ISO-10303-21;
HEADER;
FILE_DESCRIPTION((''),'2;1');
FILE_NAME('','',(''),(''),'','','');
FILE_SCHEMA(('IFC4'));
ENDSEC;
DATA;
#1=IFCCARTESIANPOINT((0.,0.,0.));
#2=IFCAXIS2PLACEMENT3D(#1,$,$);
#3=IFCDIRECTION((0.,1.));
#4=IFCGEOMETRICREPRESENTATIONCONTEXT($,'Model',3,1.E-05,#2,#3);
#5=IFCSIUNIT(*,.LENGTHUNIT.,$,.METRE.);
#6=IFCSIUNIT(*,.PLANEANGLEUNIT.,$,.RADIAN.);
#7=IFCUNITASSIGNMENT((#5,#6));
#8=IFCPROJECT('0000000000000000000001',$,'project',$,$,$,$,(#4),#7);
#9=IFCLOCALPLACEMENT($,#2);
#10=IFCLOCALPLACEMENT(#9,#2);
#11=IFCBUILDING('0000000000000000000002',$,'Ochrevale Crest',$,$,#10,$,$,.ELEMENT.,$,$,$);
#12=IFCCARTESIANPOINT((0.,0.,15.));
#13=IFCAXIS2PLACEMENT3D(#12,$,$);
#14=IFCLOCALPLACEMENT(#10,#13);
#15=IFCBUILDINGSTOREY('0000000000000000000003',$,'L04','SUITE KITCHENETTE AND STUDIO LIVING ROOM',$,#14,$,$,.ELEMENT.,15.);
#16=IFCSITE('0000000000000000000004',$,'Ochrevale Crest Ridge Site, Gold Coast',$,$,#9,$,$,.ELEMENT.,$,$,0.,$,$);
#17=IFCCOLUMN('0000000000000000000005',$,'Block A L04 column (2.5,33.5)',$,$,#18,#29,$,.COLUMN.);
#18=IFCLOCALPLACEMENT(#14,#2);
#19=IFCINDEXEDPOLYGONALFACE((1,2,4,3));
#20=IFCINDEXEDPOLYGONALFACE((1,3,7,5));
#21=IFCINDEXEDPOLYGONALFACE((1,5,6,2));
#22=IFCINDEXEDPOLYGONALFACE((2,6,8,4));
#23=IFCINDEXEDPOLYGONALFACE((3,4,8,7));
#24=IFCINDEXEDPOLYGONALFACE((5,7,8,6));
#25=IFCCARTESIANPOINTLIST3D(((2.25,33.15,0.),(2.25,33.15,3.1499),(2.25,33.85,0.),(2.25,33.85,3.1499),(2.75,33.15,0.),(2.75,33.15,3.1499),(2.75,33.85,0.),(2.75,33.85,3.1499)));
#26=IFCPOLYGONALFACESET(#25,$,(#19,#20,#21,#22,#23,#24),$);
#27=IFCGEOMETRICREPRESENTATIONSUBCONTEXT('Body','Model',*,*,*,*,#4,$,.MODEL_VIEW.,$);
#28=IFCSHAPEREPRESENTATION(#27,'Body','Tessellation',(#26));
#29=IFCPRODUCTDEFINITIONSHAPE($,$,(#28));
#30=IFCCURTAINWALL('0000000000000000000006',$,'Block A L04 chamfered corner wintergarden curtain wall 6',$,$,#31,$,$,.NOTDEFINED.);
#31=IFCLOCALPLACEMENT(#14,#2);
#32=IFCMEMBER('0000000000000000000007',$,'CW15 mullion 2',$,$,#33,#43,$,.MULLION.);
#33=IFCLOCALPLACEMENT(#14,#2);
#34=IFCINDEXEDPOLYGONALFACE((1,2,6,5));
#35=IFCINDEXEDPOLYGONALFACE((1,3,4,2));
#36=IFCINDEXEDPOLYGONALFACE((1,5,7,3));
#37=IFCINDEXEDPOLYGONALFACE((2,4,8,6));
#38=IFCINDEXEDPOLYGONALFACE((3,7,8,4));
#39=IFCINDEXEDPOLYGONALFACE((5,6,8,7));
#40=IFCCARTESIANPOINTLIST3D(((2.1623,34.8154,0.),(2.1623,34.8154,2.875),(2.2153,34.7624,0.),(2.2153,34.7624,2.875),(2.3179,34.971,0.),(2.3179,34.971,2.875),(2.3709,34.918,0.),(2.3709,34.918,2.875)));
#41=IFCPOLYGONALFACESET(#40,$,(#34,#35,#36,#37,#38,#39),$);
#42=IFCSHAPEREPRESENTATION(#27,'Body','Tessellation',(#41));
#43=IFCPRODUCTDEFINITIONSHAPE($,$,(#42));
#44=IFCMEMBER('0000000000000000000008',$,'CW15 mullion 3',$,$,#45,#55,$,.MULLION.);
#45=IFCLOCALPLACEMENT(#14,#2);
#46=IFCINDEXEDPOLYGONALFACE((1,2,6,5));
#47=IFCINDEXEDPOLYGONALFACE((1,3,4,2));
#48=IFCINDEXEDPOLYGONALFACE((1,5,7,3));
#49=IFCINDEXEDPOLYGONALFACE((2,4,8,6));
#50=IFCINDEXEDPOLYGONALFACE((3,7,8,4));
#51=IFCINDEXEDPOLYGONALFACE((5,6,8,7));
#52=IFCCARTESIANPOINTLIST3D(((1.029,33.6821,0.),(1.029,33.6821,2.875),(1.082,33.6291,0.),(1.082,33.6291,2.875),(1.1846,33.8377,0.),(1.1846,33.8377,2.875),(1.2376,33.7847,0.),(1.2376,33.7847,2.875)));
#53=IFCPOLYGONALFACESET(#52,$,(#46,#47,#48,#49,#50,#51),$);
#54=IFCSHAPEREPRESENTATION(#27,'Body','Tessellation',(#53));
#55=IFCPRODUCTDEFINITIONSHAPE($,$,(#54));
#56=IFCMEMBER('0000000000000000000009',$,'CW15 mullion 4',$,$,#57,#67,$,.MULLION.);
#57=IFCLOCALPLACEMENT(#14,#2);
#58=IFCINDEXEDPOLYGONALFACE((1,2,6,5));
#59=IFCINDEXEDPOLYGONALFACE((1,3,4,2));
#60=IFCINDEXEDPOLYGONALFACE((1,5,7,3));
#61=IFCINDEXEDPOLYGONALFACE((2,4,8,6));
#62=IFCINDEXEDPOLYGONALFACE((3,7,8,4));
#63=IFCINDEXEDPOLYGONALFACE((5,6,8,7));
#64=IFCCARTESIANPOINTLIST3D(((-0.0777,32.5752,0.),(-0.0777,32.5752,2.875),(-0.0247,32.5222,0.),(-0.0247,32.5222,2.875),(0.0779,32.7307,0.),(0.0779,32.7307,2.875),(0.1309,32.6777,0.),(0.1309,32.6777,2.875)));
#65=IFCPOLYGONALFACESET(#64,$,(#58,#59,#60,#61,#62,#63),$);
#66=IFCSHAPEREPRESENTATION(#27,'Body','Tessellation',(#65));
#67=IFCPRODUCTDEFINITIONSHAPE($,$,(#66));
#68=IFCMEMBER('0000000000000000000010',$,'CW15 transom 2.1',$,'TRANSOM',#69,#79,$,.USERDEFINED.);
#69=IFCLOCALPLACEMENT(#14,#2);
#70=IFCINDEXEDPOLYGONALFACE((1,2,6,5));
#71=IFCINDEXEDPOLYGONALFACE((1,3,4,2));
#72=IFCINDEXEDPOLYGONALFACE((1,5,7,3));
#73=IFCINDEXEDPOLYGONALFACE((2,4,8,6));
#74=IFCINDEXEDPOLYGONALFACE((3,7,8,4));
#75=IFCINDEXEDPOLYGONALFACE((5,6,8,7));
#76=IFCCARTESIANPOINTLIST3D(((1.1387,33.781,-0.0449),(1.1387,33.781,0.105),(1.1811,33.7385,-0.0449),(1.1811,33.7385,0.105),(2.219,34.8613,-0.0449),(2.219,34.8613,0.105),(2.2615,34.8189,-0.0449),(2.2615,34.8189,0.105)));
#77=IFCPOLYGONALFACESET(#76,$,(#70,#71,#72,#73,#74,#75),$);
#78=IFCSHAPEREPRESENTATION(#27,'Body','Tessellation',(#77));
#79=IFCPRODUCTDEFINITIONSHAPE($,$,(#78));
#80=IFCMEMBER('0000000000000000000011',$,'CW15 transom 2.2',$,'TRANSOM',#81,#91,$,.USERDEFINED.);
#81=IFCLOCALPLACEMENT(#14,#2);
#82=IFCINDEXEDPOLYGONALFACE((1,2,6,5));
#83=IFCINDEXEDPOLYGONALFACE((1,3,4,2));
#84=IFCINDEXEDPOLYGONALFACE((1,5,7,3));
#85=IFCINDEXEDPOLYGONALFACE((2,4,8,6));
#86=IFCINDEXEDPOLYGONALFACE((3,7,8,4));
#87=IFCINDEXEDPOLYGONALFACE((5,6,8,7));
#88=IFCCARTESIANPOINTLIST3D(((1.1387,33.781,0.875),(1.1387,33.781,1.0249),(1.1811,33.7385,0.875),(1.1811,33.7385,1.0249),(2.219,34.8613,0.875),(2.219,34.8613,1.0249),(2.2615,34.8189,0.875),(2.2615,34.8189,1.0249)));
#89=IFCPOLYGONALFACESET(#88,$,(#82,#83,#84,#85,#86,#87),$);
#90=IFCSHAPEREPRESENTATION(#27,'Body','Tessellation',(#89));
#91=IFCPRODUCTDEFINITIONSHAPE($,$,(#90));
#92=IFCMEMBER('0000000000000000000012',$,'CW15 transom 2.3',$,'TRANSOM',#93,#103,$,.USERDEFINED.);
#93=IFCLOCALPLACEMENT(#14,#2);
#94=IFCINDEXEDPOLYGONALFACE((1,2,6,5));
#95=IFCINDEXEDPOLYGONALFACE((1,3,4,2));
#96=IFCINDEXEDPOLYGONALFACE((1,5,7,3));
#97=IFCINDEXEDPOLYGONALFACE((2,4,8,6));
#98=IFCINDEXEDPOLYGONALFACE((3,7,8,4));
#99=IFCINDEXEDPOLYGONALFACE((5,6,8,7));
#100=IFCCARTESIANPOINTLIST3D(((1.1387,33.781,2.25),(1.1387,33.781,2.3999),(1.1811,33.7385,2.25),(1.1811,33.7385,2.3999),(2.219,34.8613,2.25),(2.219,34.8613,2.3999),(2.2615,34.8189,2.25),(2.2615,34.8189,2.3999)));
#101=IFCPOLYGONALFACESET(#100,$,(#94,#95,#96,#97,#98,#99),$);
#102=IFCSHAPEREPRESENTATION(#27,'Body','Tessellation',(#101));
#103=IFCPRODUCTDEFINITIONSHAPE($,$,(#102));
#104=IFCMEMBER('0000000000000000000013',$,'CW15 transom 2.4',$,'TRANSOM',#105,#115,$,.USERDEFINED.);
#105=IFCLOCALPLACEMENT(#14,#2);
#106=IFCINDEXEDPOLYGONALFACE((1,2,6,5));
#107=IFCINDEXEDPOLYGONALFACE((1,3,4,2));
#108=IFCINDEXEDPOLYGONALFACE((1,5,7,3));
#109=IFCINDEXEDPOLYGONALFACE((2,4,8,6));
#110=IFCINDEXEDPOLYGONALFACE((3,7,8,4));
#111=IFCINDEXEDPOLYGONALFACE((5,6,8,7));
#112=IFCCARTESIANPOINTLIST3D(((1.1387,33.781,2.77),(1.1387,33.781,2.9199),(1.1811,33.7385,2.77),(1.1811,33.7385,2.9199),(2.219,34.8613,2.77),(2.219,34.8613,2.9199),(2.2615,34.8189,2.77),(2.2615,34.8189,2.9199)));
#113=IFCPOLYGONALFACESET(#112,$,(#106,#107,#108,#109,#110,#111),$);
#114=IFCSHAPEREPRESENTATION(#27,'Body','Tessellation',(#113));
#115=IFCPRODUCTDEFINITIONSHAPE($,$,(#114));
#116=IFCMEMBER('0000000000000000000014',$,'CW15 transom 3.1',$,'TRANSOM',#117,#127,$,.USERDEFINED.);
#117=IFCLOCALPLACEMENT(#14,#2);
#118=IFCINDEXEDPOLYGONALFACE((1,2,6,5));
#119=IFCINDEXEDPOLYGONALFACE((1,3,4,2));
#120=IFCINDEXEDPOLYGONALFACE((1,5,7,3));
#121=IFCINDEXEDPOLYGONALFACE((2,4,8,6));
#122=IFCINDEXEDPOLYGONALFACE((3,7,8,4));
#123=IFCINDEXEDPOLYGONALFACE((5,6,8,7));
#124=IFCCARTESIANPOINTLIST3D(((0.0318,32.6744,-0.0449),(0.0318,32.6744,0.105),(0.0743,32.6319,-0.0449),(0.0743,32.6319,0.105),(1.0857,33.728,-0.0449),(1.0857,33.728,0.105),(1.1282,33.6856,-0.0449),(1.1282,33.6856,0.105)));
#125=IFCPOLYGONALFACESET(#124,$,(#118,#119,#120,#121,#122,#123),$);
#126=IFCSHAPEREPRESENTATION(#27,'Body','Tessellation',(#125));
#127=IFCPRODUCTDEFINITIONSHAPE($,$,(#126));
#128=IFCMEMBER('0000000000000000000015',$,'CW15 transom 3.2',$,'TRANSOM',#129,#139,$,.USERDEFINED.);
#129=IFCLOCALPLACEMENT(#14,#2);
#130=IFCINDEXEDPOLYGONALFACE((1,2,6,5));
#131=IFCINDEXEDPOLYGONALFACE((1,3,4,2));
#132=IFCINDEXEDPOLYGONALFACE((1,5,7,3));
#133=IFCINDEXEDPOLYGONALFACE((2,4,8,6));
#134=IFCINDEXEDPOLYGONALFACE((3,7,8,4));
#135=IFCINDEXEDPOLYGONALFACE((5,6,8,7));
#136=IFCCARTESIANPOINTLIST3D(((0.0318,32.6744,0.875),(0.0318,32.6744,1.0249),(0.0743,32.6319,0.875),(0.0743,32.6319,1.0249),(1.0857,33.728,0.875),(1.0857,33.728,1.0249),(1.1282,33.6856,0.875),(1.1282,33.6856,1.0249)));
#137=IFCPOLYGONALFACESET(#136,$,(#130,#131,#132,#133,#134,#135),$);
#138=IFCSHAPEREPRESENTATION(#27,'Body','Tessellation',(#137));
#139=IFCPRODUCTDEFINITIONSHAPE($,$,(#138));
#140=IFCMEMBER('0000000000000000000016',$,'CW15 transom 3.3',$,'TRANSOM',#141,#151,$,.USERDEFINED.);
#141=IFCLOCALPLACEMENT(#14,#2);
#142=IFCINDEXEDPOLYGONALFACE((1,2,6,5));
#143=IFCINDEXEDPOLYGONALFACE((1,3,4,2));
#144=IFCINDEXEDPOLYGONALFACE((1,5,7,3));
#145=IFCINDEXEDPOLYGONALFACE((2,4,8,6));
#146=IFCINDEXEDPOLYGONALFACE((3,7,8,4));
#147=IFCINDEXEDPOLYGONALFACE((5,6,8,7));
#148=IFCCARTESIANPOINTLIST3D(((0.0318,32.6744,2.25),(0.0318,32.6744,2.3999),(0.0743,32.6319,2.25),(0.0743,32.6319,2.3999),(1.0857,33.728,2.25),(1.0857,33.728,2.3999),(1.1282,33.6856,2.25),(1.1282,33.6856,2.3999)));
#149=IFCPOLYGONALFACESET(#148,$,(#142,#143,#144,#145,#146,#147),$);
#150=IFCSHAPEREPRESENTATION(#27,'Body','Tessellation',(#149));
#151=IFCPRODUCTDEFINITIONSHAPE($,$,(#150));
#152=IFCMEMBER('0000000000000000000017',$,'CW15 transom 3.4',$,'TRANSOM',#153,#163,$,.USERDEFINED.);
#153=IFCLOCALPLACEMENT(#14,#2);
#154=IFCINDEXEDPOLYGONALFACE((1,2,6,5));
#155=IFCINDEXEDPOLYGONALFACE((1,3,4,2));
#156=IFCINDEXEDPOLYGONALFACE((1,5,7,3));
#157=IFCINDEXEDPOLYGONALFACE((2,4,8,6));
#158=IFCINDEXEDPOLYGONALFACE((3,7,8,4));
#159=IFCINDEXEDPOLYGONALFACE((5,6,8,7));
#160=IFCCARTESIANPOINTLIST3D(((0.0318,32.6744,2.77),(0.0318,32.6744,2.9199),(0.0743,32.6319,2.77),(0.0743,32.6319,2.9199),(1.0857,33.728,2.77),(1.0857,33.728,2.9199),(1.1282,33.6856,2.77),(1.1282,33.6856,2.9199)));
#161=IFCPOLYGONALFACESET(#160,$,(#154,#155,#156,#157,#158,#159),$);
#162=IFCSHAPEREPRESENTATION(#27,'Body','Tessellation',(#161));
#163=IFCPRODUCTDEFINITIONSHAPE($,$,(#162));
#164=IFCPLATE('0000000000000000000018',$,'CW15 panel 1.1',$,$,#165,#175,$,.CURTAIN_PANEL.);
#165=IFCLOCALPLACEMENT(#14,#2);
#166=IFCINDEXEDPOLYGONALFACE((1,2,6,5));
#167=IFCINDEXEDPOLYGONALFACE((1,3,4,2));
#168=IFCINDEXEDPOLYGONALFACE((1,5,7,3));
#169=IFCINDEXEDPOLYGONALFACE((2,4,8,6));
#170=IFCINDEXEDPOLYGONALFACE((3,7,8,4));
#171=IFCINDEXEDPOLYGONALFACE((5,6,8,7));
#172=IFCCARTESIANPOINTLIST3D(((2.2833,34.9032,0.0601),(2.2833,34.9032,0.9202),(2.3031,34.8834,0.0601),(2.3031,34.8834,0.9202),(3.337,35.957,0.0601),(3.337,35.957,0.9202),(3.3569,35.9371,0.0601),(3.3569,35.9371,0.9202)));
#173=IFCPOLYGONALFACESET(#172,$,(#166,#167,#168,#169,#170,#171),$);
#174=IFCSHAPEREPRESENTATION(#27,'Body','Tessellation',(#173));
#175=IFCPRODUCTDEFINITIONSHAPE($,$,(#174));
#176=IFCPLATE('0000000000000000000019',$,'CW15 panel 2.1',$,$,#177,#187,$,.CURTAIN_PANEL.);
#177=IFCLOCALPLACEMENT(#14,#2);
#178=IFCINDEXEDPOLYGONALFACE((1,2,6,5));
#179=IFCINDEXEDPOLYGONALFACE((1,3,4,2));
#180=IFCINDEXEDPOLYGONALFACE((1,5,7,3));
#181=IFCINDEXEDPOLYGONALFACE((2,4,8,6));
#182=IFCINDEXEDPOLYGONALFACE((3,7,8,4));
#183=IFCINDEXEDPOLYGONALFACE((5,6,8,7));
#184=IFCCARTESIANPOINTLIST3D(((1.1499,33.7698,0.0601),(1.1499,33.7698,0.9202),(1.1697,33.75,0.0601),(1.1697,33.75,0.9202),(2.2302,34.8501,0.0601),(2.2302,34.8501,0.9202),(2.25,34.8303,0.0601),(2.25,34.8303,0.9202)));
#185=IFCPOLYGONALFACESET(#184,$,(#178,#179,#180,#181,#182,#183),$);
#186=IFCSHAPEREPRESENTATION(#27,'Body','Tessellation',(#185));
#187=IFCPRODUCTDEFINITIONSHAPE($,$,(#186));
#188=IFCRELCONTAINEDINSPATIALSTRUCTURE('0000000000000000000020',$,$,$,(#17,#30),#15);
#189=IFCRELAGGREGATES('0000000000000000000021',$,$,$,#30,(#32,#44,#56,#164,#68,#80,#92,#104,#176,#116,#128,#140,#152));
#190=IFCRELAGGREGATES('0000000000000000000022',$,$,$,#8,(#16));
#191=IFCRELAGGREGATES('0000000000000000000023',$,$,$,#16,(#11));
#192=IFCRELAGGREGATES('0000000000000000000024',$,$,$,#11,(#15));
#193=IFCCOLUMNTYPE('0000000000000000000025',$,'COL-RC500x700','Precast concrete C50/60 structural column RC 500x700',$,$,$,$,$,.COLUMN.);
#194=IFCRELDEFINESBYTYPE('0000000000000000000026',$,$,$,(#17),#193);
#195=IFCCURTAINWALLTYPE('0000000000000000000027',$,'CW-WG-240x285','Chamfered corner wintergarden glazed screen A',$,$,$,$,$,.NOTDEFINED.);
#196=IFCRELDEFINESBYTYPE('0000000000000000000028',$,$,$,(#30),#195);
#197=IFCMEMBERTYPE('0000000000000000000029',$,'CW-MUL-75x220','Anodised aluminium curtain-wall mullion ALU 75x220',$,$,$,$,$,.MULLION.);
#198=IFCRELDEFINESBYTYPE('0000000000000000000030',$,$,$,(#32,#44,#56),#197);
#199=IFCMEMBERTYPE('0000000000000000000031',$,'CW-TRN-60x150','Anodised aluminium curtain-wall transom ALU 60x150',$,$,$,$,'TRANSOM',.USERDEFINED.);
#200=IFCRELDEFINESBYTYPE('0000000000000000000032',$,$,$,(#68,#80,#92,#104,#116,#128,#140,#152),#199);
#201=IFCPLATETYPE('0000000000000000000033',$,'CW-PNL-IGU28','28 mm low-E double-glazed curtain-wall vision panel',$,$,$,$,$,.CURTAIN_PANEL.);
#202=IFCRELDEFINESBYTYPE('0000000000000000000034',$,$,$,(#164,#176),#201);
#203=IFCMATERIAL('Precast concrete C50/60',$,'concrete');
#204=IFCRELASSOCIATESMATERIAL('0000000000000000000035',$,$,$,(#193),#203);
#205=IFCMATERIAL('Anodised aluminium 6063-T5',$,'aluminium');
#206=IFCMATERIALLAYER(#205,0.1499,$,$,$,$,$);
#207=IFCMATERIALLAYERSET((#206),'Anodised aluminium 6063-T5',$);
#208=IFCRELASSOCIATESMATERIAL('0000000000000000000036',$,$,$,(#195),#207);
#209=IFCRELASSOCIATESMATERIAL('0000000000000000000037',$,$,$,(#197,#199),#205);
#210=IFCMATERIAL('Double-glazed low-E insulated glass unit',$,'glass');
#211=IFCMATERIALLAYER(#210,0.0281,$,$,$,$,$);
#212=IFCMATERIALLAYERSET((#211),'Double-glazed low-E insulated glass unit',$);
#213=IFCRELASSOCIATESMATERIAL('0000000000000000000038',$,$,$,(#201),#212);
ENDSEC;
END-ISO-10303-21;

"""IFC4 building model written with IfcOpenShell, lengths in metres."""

from ifc_helpers import new_model, si_unit, direction, frame, origin, origin_2d, place, context, subcontext, project, spatial, rectangle, extrude, material, layer, layer_set, material_profile, profile_set, type_object, element, aggregate, save


model = new_model("IFC4")

# Units and contexts
model_context = context("Model", 3, precision=1e-05, world=origin(), true_north=direction((0.0, 1.0)))
body_context = subcontext(model_context, "Body", "Model", "MODEL_VIEW")
ifc_project = project(units=[si_unit("LENGTHUNIT", "METRE"), si_unit("PLANEANGLEUNIT", "RADIAN")], contexts=[model_context])

# Site, building, storey
site_placement = place(None, origin())
site = spatial("IfcSite", under=ifc_project, at=site_placement, Name="Ochrevale Crest Ridge Site, Gold Coast", CompositionType="ELEMENT", RefElevation=0.0)
building_placement = place(site_placement, origin())
building = spatial("IfcBuilding", under=site, at=building_placement, Name="Ochrevale Crest", CompositionType="ELEMENT")
storey_placement = place(building_placement, frame((0.0, 0.0, 15.0)))
storey = spatial("IfcBuildingStorey", under=building, at=storey_placement, Name="L04", Description="SUITE KITCHENETTE AND STUDIO LIVING ROOM", CompositionType="ELEMENT", Elevation=15.0)

# Column
ifc_material_1 = material(Name="Precast concrete C50/60", Category="concrete")
ifc_material_profile_1 = material_profile(ifc_material_1, rectangle(XDim=0.5, YDim=0.7, at=origin_2d()), Name="RC 500x700")
ifc_profile_set_1 = profile_set([ifc_material_profile_1], Name="Precast concrete C50/60")
column_type = type_object("IfcColumnType", Name="COL-RC500x700", Description="Precast concrete C50/60 structural column RC 500x700", PredefinedType="COLUMN", material=ifc_profile_set_1)
column_placement = place(storey_placement, frame((2.5, 33.5, 0.0), z_axis=(0.0, 0.0, 1.0), x_axis=(1.0, 0.0, 0.0)))
element("IfcColumn", 1, at=column_placement, inside=storey, type_object=column_type, Name="Block A L04 column (2.5,33.5)", PredefinedType="COLUMN", context=body_context, shape_type="SweptSolid", body=[
    extrude(rectangle(XDim=0.5, YDim=0.7, at=origin_2d()), origin(), (0.0, 0.0, 1.0), 3.1499),
])

# Curtain wall, members, plates
ifc_material_2 = material(Name="Anodised aluminium 6063-T5", Category="aluminium")
ifc_layer_1 = layer(ifc_material_2, 0.1499)
ifc_layer_set_1 = layer_set([ifc_layer_1], Name="Anodised aluminium 6063-T5")
curtain_wall_type = type_object("IfcCurtainWallType", Name="CW-WG-240x285", Description="Chamfered corner wintergarden glazed screen A", PredefinedType="NOTDEFINED", material=ifc_layer_set_1)
curtain_wall_placement = place(storey_placement, origin())
curtain_wall = element("IfcCurtainWall", 2, at=curtain_wall_placement, inside=storey, type_object=curtain_wall_type, Name="Block A L04 chamfered corner wintergarden curtain wall 6", PredefinedType="NOTDEFINED")
ifc_material_profile_2 = material_profile(ifc_material_2, rectangle(XDim=0.075, YDim=0.22, at=origin_2d()), Name="ALU 75x220")
ifc_profile_set_2 = profile_set([ifc_material_profile_2], Name="Anodised aluminium 6063-T5")
member_type_1 = type_object("IfcMemberType", Name="CW-MUL-75x220", Description="Anodised aluminium curtain-wall mullion ALU 75x220", PredefinedType="MULLION", material=ifc_profile_set_2)
member_1_placement = place(storey_placement, frame((2.2666, 34.8667, 0.0), z_axis=(0.0, 0.0, 1.0), x_axis=(0.707107, -0.707107, 0.0)))
member_1 = element("IfcMember", 3, at=member_1_placement, type_object=member_type_1, Name="CW15 mullion 2", PredefinedType="MULLION", context=body_context, shape_type="SweptSolid", body=[
    extrude(rectangle(XDim=0.075, YDim=0.22, at=origin_2d()), origin(), (0.0, 0.0, 1.0), 2.875),
])
member_2_placement = place(storey_placement, frame((1.1333, 33.7334, 0.0), z_axis=(0.0, 0.0, 1.0), x_axis=(0.707107, -0.707107, 0.0)))
member_2 = element("IfcMember", 4, at=member_2_placement, type_object=member_type_1, Name="CW15 mullion 3", PredefinedType="MULLION", context=body_context, shape_type="SweptSolid", body=[
    extrude(rectangle(XDim=0.075, YDim=0.22, at=origin_2d()), origin(), (0.0, 0.0, 1.0), 2.875),
])
member_3_placement = place(storey_placement, frame((0.0266, 32.6265, 0.0), z_axis=(0.0, 0.0, 1.0), x_axis=(0.707107, -0.707107, 0.0)))
member_3 = element("IfcMember", 5, at=member_3_placement, type_object=member_type_1, Name="CW15 mullion 4", PredefinedType="MULLION", context=body_context, shape_type="SweptSolid", body=[
    extrude(rectangle(XDim=0.075, YDim=0.22, at=origin_2d()), origin(), (0.0, 0.0, 1.0), 2.875),
])
ifc_material_profile_3 = material_profile(ifc_material_2, rectangle(XDim=0.0601, YDim=0.1499, at=origin_2d()), Name="ALU 60x150")
ifc_profile_set_3 = profile_set([ifc_material_profile_3], Name="Anodised aluminium 6063-T5")
member_type_2 = type_object("IfcMemberType", Name="CW-TRN-60x150", Description="Anodised aluminium curtain-wall transom ALU 60x150", ElementType="TRANSOM", PredefinedType="USERDEFINED", material=ifc_profile_set_3)
member_4_placement = place(storey_placement, frame((2.2402, 34.8401, 0.03), z_axis=(-0.707107, -0.707107, 0.0), x_axis=(0.707107, -0.707107, 0.0)))
member_4 = element("IfcMember", 6, at=member_4_placement, type_object=member_type_2, Name="CW15 transom 2.1", ObjectType="TRANSOM", PredefinedType="USERDEFINED", context=body_context, shape_type="SweptSolid", body=[
    extrude(rectangle(XDim=0.0601, YDim=0.1499, at=origin_2d()), origin(), (0.0, 0.0, 1.0), 1.5278),
])
member_5_placement = place(storey_placement, frame((2.2402, 34.8401, 0.95), z_axis=(-0.707107, -0.707107, 0.0), x_axis=(0.707107, -0.707107, 0.0)))
member_5 = element("IfcMember", 7, at=member_5_placement, type_object=member_type_2, Name="CW15 transom 2.2", ObjectType="TRANSOM", PredefinedType="USERDEFINED", context=body_context, shape_type="SweptSolid", body=[
    extrude(rectangle(XDim=0.0601, YDim=0.1499, at=origin_2d()), origin(), (0.0, 0.0, 1.0), 1.5278),
])
member_6_placement = place(storey_placement, frame((2.2402, 34.8401, 2.325), z_axis=(-0.707107, -0.707107, 0.0), x_axis=(0.707107, -0.707107, 0.0)))
member_6 = element("IfcMember", 8, at=member_6_placement, type_object=member_type_2, Name="CW15 transom 2.3", ObjectType="TRANSOM", PredefinedType="USERDEFINED", context=body_context, shape_type="SweptSolid", body=[
    extrude(rectangle(XDim=0.0601, YDim=0.1499, at=origin_2d()), origin(), (0.0, 0.0, 1.0), 1.5278),
])
member_7_placement = place(storey_placement, frame((2.2402, 34.8401, 2.845), z_axis=(-0.707107, -0.707107, 0.0), x_axis=(0.707107, -0.707107, 0.0)))
member_7 = element("IfcMember", 9, at=member_7_placement, type_object=member_type_2, Name="CW15 transom 2.4", ObjectType="TRANSOM", PredefinedType="USERDEFINED", context=body_context, shape_type="SweptSolid", body=[
    extrude(rectangle(XDim=0.0601, YDim=0.1499, at=origin_2d()), origin(), (0.0, 0.0, 1.0), 1.5278),
])
member_8_placement = place(storey_placement, frame((1.1069, 33.7068, 0.03), z_axis=(-0.707189, -0.707025, 0.0), x_axis=(0.707025, -0.707189, 0.0)))
member_8 = element("IfcMember", 10, at=member_8_placement, type_object=member_type_2, Name="CW15 transom 3.1", ObjectType="TRANSOM", PredefinedType="USERDEFINED", context=body_context, shape_type="SweptSolid", body=[
    extrude(rectangle(XDim=0.0601, YDim=0.1499, at=origin_2d()), origin(), (0.0, 0.0, 1.0), 1.4902),
])
member_9_placement = place(storey_placement, frame((1.1069, 33.7068, 0.95), z_axis=(-0.707189, -0.707025, 0.0), x_axis=(0.707025, -0.707189, 0.0)))
member_9 = element("IfcMember", 11, at=member_9_placement, type_object=member_type_2, Name="CW15 transom 3.2", ObjectType="TRANSOM", PredefinedType="USERDEFINED", context=body_context, shape_type="SweptSolid", body=[
    extrude(rectangle(XDim=0.0601, YDim=0.1499, at=origin_2d()), origin(), (0.0, 0.0, 1.0), 1.4902),
])
member_10_placement = place(storey_placement, frame((1.1069, 33.7068, 2.325), z_axis=(-0.707189, -0.707025, 0.0), x_axis=(0.707025, -0.707189, 0.0)))
member_10 = element("IfcMember", 12, at=member_10_placement, type_object=member_type_2, Name="CW15 transom 3.3", ObjectType="TRANSOM", PredefinedType="USERDEFINED", context=body_context, shape_type="SweptSolid", body=[
    extrude(rectangle(XDim=0.0601, YDim=0.1499, at=origin_2d()), origin(), (0.0, 0.0, 1.0), 1.4902),
])
member_11_placement = place(storey_placement, frame((1.1069, 33.7068, 2.845), z_axis=(-0.707189, -0.707025, 0.0), x_axis=(0.707025, -0.707189, 0.0)))
member_11 = element("IfcMember", 13, at=member_11_placement, type_object=member_type_2, Name="CW15 transom 3.4", ObjectType="TRANSOM", PredefinedType="USERDEFINED", context=body_context, shape_type="SweptSolid", body=[
    extrude(rectangle(XDim=0.0601, YDim=0.1499, at=origin_2d()), origin(), (0.0, 0.0, 1.0), 1.4902),
])
ifc_material_3 = material(Name="Double-glazed low-E insulated glass unit", Category="glass")
ifc_layer_2 = layer(ifc_material_3, 0.0281)
ifc_layer_set_2 = layer_set([ifc_layer_2], Name="Double-glazed low-E insulated glass unit")
plate_type = type_object("IfcPlateType", Name="CW-PNL-IGU28", Description="28 mm low-E double-glazed curtain-wall vision panel", PredefinedType="CURTAIN_PANEL", material=ifc_layer_set_2)
plate_1_placement = place(storey_placement, frame((2.8201, 35.4202, 0.0601), z_axis=(0.0, 0.0, 1.0), x_axis=(-0.707107, -0.707107, 0.0)))
plate_1 = element("IfcPlate", 14, at=plate_1_placement, type_object=plate_type, Name="CW15 panel 1.1", PredefinedType="CURTAIN_PANEL", context=body_context, shape_type="SweptSolid", body=[
    extrude(rectangle(XDim=1.4902, YDim=0.0281, at=origin_2d()), origin(), (0.0, 0.0, 1.0), 0.8601),
])
plate_2_placement = place(storey_placement, frame((1.7, 34.3, 0.0601), z_axis=(0.0, 0.0, 1.0), x_axis=(-0.707107, -0.707107, 0.0)))
plate_2 = element("IfcPlate", 15, at=plate_2_placement, type_object=plate_type, Name="CW15 panel 2.1", PredefinedType="CURTAIN_PANEL", context=body_context, shape_type="SweptSolid", body=[
    extrude(rectangle(XDim=1.5278, YDim=0.0281, at=origin_2d()), origin(), (0.0, 0.0, 1.0), 0.8601),
])
aggregate(curtain_wall, [member_1, member_2, member_3, plate_1, member_4, member_5, member_6, member_7, plate_2, member_8, member_9, member_10, member_11])

save(model, "model.ifc")
